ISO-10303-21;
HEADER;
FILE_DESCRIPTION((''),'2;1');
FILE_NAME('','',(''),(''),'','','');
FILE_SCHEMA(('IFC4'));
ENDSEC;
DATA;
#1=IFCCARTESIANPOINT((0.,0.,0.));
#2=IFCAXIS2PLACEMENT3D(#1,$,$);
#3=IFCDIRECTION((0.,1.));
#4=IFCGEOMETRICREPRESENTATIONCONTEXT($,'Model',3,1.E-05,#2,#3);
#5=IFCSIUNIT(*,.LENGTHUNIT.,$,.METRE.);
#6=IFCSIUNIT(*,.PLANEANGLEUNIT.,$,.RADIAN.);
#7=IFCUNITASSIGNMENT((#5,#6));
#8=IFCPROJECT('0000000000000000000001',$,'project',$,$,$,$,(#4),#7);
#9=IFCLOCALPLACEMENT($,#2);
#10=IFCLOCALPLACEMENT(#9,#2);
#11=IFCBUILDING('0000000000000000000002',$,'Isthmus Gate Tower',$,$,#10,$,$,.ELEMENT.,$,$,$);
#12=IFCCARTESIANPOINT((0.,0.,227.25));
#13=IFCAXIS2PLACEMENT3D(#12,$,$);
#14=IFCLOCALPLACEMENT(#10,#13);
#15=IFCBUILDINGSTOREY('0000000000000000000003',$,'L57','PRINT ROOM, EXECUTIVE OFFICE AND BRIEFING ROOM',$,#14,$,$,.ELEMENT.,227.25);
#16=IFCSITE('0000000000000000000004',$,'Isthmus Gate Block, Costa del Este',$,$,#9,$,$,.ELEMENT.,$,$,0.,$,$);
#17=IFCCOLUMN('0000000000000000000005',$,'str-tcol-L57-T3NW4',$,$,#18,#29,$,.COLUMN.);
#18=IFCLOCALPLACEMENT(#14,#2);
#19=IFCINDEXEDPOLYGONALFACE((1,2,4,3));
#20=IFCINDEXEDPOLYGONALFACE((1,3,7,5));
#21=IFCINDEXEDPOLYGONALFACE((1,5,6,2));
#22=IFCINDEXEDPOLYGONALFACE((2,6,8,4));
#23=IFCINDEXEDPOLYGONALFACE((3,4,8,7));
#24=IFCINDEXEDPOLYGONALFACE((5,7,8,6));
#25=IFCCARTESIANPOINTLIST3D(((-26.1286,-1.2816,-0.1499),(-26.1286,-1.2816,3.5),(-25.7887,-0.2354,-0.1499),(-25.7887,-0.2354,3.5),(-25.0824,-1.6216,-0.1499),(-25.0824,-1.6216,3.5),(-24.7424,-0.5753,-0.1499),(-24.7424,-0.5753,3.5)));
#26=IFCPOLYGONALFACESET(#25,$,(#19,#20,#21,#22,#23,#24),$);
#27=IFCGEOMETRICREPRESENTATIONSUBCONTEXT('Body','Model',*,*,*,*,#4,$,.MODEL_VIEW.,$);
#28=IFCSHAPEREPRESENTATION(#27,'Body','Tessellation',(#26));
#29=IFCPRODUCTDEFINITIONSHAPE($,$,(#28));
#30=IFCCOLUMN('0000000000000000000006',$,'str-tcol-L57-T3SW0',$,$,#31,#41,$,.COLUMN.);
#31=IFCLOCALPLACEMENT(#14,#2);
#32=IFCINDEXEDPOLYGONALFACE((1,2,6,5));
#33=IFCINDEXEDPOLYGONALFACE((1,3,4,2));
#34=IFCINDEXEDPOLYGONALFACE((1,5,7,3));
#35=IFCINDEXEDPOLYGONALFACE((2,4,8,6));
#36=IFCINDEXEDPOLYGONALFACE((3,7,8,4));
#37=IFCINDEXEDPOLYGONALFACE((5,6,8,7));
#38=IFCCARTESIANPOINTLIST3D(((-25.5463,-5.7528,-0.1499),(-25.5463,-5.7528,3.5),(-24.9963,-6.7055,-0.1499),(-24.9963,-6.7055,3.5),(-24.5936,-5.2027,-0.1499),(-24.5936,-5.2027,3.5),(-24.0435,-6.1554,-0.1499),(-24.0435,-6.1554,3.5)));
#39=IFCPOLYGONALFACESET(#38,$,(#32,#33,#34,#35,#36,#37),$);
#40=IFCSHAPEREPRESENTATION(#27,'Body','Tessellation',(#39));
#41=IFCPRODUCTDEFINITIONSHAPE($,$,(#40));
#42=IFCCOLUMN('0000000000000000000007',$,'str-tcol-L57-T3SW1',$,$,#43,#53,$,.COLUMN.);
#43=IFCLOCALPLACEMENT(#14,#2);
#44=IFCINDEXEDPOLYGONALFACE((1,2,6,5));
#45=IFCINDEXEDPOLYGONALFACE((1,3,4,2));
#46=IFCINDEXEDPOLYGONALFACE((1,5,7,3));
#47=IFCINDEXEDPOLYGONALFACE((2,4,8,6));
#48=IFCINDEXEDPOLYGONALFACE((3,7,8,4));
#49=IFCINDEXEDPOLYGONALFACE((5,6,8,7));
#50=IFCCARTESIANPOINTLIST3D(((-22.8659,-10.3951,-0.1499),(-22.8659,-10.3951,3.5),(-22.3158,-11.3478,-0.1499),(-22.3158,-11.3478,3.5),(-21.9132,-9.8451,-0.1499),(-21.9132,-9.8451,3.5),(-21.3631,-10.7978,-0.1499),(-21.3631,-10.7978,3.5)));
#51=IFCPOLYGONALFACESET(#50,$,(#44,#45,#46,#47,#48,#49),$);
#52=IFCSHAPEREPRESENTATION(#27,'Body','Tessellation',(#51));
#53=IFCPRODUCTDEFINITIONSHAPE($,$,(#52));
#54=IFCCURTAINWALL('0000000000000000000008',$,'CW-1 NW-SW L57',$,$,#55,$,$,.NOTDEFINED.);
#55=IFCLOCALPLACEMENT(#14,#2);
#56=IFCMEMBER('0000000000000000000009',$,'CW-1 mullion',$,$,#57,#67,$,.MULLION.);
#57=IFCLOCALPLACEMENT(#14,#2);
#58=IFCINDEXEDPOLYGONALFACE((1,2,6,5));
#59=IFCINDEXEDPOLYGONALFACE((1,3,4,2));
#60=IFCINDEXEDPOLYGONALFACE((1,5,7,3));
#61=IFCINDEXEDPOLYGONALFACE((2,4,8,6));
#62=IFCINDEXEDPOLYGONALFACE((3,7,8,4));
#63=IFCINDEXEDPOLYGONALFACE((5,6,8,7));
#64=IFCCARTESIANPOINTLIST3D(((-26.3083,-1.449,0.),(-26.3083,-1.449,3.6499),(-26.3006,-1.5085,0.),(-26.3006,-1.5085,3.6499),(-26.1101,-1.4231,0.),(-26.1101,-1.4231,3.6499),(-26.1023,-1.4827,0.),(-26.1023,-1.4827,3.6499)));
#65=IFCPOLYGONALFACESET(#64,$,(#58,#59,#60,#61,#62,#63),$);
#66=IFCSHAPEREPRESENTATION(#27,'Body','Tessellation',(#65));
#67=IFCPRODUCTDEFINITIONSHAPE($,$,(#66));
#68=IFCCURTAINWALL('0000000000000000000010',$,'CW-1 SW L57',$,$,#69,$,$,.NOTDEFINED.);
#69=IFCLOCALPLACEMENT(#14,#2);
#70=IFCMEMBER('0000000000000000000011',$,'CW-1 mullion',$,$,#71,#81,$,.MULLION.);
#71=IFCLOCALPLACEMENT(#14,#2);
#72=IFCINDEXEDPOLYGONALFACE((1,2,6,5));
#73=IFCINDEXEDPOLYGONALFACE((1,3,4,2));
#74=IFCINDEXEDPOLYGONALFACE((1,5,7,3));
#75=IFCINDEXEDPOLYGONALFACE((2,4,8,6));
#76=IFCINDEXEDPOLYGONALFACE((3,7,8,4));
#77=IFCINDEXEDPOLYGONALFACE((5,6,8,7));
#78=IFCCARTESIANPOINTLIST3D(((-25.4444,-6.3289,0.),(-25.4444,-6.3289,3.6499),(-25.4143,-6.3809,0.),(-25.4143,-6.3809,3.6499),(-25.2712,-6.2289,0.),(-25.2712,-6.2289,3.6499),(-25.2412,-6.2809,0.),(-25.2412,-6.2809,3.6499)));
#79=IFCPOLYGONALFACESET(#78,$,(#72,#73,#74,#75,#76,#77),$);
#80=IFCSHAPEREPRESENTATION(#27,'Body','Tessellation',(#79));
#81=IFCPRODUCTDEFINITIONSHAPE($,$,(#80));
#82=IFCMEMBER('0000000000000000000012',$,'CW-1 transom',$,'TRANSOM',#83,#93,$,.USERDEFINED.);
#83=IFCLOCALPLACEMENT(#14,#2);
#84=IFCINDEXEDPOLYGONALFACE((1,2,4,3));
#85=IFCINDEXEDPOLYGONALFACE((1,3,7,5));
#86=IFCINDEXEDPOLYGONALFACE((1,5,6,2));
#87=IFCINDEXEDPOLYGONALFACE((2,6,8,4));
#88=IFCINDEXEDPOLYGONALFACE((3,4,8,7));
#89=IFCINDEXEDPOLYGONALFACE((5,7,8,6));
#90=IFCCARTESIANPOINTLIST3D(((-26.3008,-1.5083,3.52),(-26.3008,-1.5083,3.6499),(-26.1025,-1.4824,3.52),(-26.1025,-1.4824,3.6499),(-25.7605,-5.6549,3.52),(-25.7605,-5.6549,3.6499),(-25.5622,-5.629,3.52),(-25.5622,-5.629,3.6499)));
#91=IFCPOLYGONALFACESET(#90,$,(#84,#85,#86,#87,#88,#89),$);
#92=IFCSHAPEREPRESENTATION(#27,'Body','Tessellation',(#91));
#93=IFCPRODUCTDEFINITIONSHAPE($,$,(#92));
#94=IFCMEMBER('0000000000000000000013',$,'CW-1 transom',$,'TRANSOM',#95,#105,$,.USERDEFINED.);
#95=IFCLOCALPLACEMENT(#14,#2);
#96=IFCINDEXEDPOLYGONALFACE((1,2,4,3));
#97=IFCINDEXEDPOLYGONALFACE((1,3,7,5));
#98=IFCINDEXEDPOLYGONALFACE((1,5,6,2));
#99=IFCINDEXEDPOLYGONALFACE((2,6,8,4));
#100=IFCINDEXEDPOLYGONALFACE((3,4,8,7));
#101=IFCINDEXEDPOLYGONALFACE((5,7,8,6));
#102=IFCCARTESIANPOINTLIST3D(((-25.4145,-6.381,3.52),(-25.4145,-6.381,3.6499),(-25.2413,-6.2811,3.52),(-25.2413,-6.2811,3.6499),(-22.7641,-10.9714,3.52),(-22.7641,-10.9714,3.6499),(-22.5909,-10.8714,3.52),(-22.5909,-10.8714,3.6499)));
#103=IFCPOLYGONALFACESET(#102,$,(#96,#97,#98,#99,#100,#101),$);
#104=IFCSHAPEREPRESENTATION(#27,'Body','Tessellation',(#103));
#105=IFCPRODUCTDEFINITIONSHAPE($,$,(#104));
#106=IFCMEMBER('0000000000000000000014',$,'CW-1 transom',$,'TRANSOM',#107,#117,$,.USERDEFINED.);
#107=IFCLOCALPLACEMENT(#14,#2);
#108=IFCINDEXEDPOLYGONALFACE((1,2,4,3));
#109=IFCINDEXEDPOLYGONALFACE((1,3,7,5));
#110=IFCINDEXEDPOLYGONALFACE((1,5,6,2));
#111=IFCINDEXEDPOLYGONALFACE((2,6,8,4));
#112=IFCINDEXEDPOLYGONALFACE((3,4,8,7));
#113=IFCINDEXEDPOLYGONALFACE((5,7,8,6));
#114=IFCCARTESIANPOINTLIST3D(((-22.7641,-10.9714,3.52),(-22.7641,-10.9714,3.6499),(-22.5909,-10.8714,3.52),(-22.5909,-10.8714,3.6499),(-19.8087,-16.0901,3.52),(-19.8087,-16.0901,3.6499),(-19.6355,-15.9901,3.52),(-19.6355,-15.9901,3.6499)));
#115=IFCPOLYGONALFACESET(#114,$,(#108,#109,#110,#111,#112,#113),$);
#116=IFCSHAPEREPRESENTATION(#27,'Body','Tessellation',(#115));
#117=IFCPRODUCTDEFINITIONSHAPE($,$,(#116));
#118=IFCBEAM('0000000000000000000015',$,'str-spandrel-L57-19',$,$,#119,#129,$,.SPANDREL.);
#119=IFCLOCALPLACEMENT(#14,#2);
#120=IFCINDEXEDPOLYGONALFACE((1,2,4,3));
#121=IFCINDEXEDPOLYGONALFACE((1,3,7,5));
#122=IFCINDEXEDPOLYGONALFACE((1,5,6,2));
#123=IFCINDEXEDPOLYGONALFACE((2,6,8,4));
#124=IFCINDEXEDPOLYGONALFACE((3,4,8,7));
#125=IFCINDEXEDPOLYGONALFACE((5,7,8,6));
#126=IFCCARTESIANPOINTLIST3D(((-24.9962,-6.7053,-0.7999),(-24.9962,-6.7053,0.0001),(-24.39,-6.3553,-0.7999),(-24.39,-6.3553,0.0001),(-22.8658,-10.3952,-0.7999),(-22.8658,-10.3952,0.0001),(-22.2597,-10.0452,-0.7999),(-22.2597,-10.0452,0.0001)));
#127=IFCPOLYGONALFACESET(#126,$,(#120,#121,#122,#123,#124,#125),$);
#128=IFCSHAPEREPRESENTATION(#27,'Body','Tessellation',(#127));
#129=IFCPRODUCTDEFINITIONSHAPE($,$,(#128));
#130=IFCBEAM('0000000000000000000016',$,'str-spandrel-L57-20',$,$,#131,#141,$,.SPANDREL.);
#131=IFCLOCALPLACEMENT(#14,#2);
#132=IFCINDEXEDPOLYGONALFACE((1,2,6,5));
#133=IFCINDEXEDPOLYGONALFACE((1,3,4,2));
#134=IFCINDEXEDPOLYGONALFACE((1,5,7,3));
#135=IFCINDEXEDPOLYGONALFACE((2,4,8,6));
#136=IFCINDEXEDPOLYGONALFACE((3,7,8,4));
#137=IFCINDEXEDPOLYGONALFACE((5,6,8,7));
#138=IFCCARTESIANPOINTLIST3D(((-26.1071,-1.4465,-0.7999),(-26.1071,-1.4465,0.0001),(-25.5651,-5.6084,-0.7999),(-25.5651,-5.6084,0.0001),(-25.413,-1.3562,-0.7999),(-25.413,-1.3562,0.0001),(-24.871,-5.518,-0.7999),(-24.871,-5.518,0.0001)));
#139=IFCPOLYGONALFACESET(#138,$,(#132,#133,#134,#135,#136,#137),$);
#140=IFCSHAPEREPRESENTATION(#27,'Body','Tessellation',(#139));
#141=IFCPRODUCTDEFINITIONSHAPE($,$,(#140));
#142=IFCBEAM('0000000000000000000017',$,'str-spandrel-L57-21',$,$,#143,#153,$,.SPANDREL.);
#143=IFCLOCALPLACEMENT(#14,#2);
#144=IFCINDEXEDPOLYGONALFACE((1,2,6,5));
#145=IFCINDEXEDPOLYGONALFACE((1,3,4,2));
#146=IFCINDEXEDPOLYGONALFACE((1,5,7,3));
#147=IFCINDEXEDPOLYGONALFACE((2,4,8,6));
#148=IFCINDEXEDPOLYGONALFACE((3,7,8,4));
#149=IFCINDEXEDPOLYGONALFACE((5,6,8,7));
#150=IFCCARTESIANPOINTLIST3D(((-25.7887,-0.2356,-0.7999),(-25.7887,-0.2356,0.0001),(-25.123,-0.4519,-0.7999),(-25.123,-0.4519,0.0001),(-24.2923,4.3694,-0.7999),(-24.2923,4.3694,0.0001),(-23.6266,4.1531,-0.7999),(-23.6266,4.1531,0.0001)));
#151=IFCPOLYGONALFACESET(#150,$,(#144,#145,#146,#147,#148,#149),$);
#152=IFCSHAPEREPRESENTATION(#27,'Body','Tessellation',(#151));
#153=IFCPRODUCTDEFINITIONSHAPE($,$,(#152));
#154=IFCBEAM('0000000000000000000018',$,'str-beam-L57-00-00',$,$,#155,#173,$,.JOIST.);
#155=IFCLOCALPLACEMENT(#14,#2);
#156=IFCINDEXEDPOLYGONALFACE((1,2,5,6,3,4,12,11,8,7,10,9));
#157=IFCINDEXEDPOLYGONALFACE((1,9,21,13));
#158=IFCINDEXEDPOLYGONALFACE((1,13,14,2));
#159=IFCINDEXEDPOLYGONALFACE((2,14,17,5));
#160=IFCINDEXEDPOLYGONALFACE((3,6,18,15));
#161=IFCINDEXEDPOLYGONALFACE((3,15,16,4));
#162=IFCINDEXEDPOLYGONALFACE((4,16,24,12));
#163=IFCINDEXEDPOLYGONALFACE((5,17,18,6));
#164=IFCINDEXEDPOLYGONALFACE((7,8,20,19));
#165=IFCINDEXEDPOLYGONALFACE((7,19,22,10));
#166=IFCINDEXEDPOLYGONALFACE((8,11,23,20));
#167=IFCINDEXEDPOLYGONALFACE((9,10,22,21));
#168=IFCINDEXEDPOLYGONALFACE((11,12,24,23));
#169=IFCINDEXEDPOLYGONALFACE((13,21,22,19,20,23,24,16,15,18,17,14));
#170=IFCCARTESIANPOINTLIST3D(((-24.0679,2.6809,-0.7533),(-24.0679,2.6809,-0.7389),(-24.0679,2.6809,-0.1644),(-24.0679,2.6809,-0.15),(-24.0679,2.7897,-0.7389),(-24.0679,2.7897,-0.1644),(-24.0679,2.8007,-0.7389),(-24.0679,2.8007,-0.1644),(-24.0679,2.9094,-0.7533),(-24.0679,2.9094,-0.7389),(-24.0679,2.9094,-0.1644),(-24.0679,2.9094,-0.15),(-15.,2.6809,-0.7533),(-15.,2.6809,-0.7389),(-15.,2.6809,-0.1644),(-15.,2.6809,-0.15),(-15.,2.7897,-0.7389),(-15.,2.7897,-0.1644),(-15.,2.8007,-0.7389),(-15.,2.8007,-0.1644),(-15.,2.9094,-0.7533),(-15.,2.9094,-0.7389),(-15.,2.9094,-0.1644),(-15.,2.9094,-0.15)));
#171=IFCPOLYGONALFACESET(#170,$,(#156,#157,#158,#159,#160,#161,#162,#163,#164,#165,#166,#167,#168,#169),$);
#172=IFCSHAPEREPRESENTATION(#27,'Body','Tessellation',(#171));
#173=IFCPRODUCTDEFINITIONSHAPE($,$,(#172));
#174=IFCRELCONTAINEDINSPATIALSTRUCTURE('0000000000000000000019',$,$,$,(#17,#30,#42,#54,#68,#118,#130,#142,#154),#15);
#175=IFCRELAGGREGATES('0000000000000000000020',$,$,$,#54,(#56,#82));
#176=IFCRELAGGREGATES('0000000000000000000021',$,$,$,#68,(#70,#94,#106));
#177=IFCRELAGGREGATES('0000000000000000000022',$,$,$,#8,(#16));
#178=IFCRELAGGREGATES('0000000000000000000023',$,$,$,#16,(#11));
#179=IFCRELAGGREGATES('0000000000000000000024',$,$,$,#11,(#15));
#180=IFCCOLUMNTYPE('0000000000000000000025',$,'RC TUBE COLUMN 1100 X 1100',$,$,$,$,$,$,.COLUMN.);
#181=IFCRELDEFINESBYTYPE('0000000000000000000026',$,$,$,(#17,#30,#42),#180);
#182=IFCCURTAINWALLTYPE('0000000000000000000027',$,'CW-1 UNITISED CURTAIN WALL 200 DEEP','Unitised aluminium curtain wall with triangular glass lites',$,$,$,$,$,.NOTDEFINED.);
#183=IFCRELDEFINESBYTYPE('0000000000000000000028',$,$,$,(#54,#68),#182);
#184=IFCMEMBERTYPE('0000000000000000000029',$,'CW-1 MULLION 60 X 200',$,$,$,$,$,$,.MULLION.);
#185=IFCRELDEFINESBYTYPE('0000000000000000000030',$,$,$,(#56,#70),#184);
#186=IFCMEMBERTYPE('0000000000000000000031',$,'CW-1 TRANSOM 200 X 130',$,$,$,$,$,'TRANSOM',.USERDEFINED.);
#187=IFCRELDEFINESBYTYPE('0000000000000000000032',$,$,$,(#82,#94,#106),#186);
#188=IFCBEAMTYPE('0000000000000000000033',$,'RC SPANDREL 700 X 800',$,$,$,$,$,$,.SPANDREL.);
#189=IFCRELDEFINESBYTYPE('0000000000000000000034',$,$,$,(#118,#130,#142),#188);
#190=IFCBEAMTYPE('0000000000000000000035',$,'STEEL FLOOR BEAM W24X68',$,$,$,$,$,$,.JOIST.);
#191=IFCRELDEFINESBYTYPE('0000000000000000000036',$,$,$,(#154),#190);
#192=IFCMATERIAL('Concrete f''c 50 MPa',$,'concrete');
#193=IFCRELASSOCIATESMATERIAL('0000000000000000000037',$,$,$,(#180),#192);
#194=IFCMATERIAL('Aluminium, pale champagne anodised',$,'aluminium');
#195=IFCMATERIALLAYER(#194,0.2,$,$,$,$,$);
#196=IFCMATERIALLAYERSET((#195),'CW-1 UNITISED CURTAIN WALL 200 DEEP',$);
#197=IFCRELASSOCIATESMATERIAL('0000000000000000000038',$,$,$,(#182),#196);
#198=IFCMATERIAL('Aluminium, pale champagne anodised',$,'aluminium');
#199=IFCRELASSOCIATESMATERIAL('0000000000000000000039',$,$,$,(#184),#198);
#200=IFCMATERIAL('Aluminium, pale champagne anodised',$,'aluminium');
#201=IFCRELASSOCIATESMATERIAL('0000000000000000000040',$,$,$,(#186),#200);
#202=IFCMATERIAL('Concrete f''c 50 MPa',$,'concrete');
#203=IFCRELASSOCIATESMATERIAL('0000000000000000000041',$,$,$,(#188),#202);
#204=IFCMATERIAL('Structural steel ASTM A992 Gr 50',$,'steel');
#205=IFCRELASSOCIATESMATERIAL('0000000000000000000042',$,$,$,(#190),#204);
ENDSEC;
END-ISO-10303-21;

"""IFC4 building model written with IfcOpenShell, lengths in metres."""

from ifc_helpers import new_model, si_unit, direction, frame, origin, origin_2d, place, context, subcontext, project, spatial, rectangle, i_section, extrude, material, layer, layer_set, material_profile, profile_set, type_object, element, aggregate, save


model = new_model("IFC4")

# Units and contexts
model_context = context("Model", 3, precision=1e-05, world=origin(), true_north=direction((0.0, 1.0)))
body_context = subcontext(model_context, "Body", "Model", "MODEL_VIEW")
ifc_project = project(units=[si_unit("LENGTHUNIT", "METRE"), si_unit("PLANEANGLEUNIT", "RADIAN")], contexts=[model_context])

# Site, building, storey
site_placement = place(None, origin())
site = spatial("IfcSite", under=ifc_project, at=site_placement, Name="Isthmus Gate Block, Costa del Este", CompositionType="ELEMENT", RefElevation=0.0)
building_placement = place(site_placement, origin())
building = spatial("IfcBuilding", under=site, at=building_placement, Name="Isthmus Gate Tower", CompositionType="ELEMENT")
storey_placement = place(building_placement, frame((0.0, 0.0, 227.25)))
storey = spatial("IfcBuildingStorey", under=building, at=storey_placement, Name="L57", Description="PRINT ROOM, EXECUTIVE OFFICE AND BRIEFING ROOM", CompositionType="ELEMENT", Elevation=227.25)

# Columns
ifc_material_1 = material(Name="Concrete f'c 50 MPa", Category="concrete")
ifc_material_profile_1 = material_profile(ifc_material_1, rectangle(XDim=1.1001, YDim=1.1001, at=origin_2d()), Name="RC 1100X1100")
ifc_profile_set_1 = profile_set([ifc_material_profile_1], Name="Concrete f'c 50 MPa")
column_type = type_object("IfcColumnType", Name="RC TUBE COLUMN 1100 X 1100", PredefinedType="COLUMN", material=ifc_profile_set_1)
for number, where, z_axis, x_axis, name in (
    (1, (-25.4355, -0.9285, -0.1499), (0.0, 0.0, 1.0), (-0.309017, -0.951057, 0.0), "str-tcol-L57-T3NW4"),
    (2, (-24.7949, -5.9541, -0.1499), (0.0, 0.0, 1.0), (0.5, -0.866025, 0.0), "str-tcol-L57-T3SW0"),
    (3, (-22.1145, -10.5964, -0.1499), (0.0, 0.0, 1.0), (0.5, -0.866025, 0.0), "str-tcol-L57-T3SW1"),
):
    element("IfcColumn", number, at=place(storey_placement, frame(where, z_axis=z_axis, x_axis=x_axis)), inside=storey, type_object=column_type, Name=name, PredefinedType="COLUMN", context=body_context, shape_type="SweptSolid", body=[
        extrude(rectangle(XDim=1.1001, YDim=1.1001, at=origin_2d()), origin(), (0.0, 0.0, 1.0), 3.6499),
    ])

# Curtain walls, members
ifc_material_2 = material(Name="Aluminium, pale champagne anodised", Category="aluminium")
ifc_layer_1 = layer(ifc_material_2, 0.2)
ifc_layer_set_1 = layer_set([ifc_layer_1], Name="CW-1 UNITISED CURTAIN WALL 200 DEEP")
curtain_wall_type = type_object("IfcCurtainWallType", Name="CW-1 UNITISED CURTAIN WALL 200 DEEP", Description="Unitised aluminium curtain wall with triangular glass lites", PredefinedType="NOTDEFINED", material=ifc_layer_set_1)
curtain_wall_1_placement = place(storey_placement, origin())
curtain_wall_1 = element("IfcCurtainWall", 4, at=curtain_wall_1_placement, inside=storey, type_object=curtain_wall_type, Name="CW-1 NW-SW L57", PredefinedType="NOTDEFINED")
ifc_material_3 = material(Name="Aluminium, pale champagne anodised", Category="aluminium")
ifc_material_profile_2 = material_profile(ifc_material_3, rectangle(XDim=0.0601, YDim=0.2, at=origin_2d()), Name="60x200")
ifc_profile_set_2 = profile_set([ifc_material_profile_2], Name="Aluminium, pale champagne anodised")
member_type_1 = type_object("IfcMemberType", Name="CW-1 MULLION 60 X 200", PredefinedType="MULLION", material=ifc_profile_set_2)
member_1_placement = place(storey_placement, frame((-26.2053, -1.4658, 0.0), z_axis=(0.0, 0.0, 1.0), x_axis=(0.129165, -0.991623, 0.0)))
member_1 = element("IfcMember", 5, at=member_1_placement, type_object=member_type_1, Name="CW-1 mullion", PredefinedType="MULLION", context=body_context, shape_type="SweptSolid", body=[
    extrude(rectangle(XDim=0.0601, YDim=0.2, at=origin_2d()), origin(), (0.0, 0.0, 1.0), 3.6499),
])
curtain_wall_2_placement = place(storey_placement, origin())
curtain_wall_2 = element("IfcCurtainWall", 6, at=curtain_wall_2_placement, inside=storey, type_object=curtain_wall_type, Name="CW-1 SW L57", PredefinedType="NOTDEFINED")
member_2_placement = place(storey_placement, frame((-25.3428, -6.3049, 0.0), z_axis=(0.0, 0.0, 1.0), x_axis=(0.5, -0.866025, 0.0)))
member_2 = element("IfcMember", 7, at=member_2_placement, type_object=member_type_1, Name="CW-1 mullion", PredefinedType="MULLION", context=body_context, shape_type="SweptSolid", body=[
    extrude(rectangle(XDim=0.0601, YDim=0.2, at=origin_2d()), origin(), (0.0, 0.0, 1.0), 3.6499),
])

# Members
ifc_material_4 = material(Name="Aluminium, pale champagne anodised", Category="aluminium")
ifc_material_profile_3 = material_profile(ifc_material_4, rectangle(XDim=0.2, YDim=0.1299, at=origin_2d()), Name="200x130")
ifc_profile_set_3 = profile_set([ifc_material_profile_3], Name="Aluminium, pale champagne anodised")
member_type_2 = type_object("IfcMemberType", Name="CW-1 TRANSOM 200 X 130", ElementType="TRANSOM", PredefinedType="USERDEFINED", material=ifc_profile_set_3)
member_3_placement = place(storey_placement, frame((-26.2017, -1.4954, 3.585), z_axis=(0.129207, -0.991618, 0.0), x_axis=(0.991618, 0.129207, 0.0)))
member_3 = element("IfcMember", 8, at=member_3_placement, type_object=member_type_2, Name="CW-1 transom", ObjectType="TRANSOM", PredefinedType="USERDEFINED", context=body_context, shape_type="SweptSolid", body=[
    extrude(rectangle(XDim=0.2, YDim=0.1299, at=origin_2d()), origin(), (0.0, 0.0, 1.0), 4.1816),
])
member_4_placement = place(storey_placement, frame((-25.3279, -6.3311, 3.585), z_axis=(0.500023, -0.866012, 0.0), x_axis=(0.866012, 0.500023, 0.0)))
member_4 = element("IfcMember", 9, at=member_4_placement, type_object=member_type_2, Name="CW-1 transom", ObjectType="TRANSOM", PredefinedType="USERDEFINED", context=body_context, shape_type="SweptSolid", body=[
    extrude(rectangle(XDim=0.2, YDim=0.1299, at=origin_2d()), origin(), (0.0, 0.0, 1.0), 5.3005),
])
member_5_placement = place(storey_placement, frame((-22.6775, -10.9214, 3.585), z_axis=(0.500008, -0.86602, 0.0), x_axis=(0.86602, 0.500008, 0.0)))
member_5 = element("IfcMember", 10, at=member_5_placement, type_object=member_type_2, Name="CW-1 transom", ObjectType="TRANSOM", PredefinedType="USERDEFINED", context=body_context, shape_type="SweptSolid", body=[
    extrude(rectangle(XDim=0.2, YDim=0.1299, at=origin_2d()), origin(), (0.0, 0.0, 1.0), 5.9106),
])

# Beams
ifc_material_5 = material(Name="Concrete f'c 50 MPa", Category="concrete")
ifc_material_profile_4 = material_profile(ifc_material_5, rectangle(XDim=0.7, YDim=0.8, at=origin_2d()), Name="RC 700X800")
ifc_profile_set_4 = profile_set([ifc_material_profile_4], Name="Concrete f'c 50 MPa")
beam_type_1 = type_object("IfcBeamType", Name="RC SPANDREL 700 X 800", PredefinedType="SPANDREL", material=ifc_profile_set_4)
beam_1_placement = place(storey_placement, frame((-22.5627, -10.2202, -0.3999), z_axis=(-0.499997, 0.866027, 0.0), x_axis=(-0.866027, -0.499997, 0.0)))
element("IfcBeam", 11, at=beam_1_placement, inside=storey, type_object=beam_type_1, Name="str-spandrel-L57-19", PredefinedType="SPANDREL", context=body_context, shape_type="SweptSolid", body=[
    extrude(rectangle(XDim=0.7, YDim=0.8, at=origin_2d()), origin(), (0.0, 0.0, 1.0), 4.2607),
])
beam_2_placement = place(storey_placement, frame((-25.218, -5.5632, -0.3999), z_axis=(-0.129138, 0.991627, 0.0), x_axis=(-0.991627, -0.129138, 0.0)))
element("IfcBeam", 12, at=beam_2_placement, inside=storey, type_object=beam_type_1, Name="str-spandrel-L57-20", PredefinedType="SPANDREL", context=body_context, shape_type="SweptSolid", body=[
    extrude(rectangle(XDim=0.7, YDim=0.8, at=origin_2d()), origin(), (0.0, 0.0, 1.0), 4.197),
])
beam_3_placement = place(storey_placement, frame((-25.4558, -0.3438, -0.3999), z_axis=(0.309034, 0.951051, 0.0), x_axis=(-0.951051, 0.309034, 0.0)))
element("IfcBeam", 13, at=beam_3_placement, inside=storey, type_object=beam_type_1, Name="str-spandrel-L57-21", PredefinedType="SPANDREL", context=body_context, shape_type="SweptSolid", body=[
    extrude(rectangle(XDim=0.7, YDim=0.8, at=origin_2d()), origin(), (0.0, 0.0, 1.0), 4.842),
])
ifc_material_6 = material(Name="Structural steel ASTM A992 Gr 50", Category="steel")
ifc_material_profile_5 = material_profile(ifc_material_6, i_section(OverallWidth=0.2285, OverallDepth=0.6033, WebThickness=0.011, FlangeThickness=0.0144, at=origin_2d()), Name="W24X68")
ifc_profile_set_5 = profile_set([ifc_material_profile_5], Name="Structural steel ASTM A992 Gr 50")
beam_type_2 = type_object("IfcBeamType", Name="STEEL FLOOR BEAM W24X68", PredefinedType="JOIST", material=ifc_profile_set_5)
beam_4_placement = place(storey_placement, frame((-24.0679, 2.7952, -0.4517), z_axis=(1.0, 0.0, 0.0), x_axis=(0.0, 1.0, 0.0)))
element("IfcBeam", 14, at=beam_4_placement, inside=storey, type_object=beam_type_2, Name="str-beam-L57-00-00", PredefinedType="JOIST", context=body_context, shape_type="SweptSolid", body=[
    extrude(i_section(OverallWidth=0.2285, OverallDepth=0.6033, WebThickness=0.011, FlangeThickness=0.0144, at=origin_2d()), origin(), (0.0, 0.0, 1.0), 9.0679),
])

aggregate(curtain_wall_1, [member_1, member_3])
aggregate(curtain_wall_2, [member_2, member_4, member_5])

save(model, "model.ifc")
